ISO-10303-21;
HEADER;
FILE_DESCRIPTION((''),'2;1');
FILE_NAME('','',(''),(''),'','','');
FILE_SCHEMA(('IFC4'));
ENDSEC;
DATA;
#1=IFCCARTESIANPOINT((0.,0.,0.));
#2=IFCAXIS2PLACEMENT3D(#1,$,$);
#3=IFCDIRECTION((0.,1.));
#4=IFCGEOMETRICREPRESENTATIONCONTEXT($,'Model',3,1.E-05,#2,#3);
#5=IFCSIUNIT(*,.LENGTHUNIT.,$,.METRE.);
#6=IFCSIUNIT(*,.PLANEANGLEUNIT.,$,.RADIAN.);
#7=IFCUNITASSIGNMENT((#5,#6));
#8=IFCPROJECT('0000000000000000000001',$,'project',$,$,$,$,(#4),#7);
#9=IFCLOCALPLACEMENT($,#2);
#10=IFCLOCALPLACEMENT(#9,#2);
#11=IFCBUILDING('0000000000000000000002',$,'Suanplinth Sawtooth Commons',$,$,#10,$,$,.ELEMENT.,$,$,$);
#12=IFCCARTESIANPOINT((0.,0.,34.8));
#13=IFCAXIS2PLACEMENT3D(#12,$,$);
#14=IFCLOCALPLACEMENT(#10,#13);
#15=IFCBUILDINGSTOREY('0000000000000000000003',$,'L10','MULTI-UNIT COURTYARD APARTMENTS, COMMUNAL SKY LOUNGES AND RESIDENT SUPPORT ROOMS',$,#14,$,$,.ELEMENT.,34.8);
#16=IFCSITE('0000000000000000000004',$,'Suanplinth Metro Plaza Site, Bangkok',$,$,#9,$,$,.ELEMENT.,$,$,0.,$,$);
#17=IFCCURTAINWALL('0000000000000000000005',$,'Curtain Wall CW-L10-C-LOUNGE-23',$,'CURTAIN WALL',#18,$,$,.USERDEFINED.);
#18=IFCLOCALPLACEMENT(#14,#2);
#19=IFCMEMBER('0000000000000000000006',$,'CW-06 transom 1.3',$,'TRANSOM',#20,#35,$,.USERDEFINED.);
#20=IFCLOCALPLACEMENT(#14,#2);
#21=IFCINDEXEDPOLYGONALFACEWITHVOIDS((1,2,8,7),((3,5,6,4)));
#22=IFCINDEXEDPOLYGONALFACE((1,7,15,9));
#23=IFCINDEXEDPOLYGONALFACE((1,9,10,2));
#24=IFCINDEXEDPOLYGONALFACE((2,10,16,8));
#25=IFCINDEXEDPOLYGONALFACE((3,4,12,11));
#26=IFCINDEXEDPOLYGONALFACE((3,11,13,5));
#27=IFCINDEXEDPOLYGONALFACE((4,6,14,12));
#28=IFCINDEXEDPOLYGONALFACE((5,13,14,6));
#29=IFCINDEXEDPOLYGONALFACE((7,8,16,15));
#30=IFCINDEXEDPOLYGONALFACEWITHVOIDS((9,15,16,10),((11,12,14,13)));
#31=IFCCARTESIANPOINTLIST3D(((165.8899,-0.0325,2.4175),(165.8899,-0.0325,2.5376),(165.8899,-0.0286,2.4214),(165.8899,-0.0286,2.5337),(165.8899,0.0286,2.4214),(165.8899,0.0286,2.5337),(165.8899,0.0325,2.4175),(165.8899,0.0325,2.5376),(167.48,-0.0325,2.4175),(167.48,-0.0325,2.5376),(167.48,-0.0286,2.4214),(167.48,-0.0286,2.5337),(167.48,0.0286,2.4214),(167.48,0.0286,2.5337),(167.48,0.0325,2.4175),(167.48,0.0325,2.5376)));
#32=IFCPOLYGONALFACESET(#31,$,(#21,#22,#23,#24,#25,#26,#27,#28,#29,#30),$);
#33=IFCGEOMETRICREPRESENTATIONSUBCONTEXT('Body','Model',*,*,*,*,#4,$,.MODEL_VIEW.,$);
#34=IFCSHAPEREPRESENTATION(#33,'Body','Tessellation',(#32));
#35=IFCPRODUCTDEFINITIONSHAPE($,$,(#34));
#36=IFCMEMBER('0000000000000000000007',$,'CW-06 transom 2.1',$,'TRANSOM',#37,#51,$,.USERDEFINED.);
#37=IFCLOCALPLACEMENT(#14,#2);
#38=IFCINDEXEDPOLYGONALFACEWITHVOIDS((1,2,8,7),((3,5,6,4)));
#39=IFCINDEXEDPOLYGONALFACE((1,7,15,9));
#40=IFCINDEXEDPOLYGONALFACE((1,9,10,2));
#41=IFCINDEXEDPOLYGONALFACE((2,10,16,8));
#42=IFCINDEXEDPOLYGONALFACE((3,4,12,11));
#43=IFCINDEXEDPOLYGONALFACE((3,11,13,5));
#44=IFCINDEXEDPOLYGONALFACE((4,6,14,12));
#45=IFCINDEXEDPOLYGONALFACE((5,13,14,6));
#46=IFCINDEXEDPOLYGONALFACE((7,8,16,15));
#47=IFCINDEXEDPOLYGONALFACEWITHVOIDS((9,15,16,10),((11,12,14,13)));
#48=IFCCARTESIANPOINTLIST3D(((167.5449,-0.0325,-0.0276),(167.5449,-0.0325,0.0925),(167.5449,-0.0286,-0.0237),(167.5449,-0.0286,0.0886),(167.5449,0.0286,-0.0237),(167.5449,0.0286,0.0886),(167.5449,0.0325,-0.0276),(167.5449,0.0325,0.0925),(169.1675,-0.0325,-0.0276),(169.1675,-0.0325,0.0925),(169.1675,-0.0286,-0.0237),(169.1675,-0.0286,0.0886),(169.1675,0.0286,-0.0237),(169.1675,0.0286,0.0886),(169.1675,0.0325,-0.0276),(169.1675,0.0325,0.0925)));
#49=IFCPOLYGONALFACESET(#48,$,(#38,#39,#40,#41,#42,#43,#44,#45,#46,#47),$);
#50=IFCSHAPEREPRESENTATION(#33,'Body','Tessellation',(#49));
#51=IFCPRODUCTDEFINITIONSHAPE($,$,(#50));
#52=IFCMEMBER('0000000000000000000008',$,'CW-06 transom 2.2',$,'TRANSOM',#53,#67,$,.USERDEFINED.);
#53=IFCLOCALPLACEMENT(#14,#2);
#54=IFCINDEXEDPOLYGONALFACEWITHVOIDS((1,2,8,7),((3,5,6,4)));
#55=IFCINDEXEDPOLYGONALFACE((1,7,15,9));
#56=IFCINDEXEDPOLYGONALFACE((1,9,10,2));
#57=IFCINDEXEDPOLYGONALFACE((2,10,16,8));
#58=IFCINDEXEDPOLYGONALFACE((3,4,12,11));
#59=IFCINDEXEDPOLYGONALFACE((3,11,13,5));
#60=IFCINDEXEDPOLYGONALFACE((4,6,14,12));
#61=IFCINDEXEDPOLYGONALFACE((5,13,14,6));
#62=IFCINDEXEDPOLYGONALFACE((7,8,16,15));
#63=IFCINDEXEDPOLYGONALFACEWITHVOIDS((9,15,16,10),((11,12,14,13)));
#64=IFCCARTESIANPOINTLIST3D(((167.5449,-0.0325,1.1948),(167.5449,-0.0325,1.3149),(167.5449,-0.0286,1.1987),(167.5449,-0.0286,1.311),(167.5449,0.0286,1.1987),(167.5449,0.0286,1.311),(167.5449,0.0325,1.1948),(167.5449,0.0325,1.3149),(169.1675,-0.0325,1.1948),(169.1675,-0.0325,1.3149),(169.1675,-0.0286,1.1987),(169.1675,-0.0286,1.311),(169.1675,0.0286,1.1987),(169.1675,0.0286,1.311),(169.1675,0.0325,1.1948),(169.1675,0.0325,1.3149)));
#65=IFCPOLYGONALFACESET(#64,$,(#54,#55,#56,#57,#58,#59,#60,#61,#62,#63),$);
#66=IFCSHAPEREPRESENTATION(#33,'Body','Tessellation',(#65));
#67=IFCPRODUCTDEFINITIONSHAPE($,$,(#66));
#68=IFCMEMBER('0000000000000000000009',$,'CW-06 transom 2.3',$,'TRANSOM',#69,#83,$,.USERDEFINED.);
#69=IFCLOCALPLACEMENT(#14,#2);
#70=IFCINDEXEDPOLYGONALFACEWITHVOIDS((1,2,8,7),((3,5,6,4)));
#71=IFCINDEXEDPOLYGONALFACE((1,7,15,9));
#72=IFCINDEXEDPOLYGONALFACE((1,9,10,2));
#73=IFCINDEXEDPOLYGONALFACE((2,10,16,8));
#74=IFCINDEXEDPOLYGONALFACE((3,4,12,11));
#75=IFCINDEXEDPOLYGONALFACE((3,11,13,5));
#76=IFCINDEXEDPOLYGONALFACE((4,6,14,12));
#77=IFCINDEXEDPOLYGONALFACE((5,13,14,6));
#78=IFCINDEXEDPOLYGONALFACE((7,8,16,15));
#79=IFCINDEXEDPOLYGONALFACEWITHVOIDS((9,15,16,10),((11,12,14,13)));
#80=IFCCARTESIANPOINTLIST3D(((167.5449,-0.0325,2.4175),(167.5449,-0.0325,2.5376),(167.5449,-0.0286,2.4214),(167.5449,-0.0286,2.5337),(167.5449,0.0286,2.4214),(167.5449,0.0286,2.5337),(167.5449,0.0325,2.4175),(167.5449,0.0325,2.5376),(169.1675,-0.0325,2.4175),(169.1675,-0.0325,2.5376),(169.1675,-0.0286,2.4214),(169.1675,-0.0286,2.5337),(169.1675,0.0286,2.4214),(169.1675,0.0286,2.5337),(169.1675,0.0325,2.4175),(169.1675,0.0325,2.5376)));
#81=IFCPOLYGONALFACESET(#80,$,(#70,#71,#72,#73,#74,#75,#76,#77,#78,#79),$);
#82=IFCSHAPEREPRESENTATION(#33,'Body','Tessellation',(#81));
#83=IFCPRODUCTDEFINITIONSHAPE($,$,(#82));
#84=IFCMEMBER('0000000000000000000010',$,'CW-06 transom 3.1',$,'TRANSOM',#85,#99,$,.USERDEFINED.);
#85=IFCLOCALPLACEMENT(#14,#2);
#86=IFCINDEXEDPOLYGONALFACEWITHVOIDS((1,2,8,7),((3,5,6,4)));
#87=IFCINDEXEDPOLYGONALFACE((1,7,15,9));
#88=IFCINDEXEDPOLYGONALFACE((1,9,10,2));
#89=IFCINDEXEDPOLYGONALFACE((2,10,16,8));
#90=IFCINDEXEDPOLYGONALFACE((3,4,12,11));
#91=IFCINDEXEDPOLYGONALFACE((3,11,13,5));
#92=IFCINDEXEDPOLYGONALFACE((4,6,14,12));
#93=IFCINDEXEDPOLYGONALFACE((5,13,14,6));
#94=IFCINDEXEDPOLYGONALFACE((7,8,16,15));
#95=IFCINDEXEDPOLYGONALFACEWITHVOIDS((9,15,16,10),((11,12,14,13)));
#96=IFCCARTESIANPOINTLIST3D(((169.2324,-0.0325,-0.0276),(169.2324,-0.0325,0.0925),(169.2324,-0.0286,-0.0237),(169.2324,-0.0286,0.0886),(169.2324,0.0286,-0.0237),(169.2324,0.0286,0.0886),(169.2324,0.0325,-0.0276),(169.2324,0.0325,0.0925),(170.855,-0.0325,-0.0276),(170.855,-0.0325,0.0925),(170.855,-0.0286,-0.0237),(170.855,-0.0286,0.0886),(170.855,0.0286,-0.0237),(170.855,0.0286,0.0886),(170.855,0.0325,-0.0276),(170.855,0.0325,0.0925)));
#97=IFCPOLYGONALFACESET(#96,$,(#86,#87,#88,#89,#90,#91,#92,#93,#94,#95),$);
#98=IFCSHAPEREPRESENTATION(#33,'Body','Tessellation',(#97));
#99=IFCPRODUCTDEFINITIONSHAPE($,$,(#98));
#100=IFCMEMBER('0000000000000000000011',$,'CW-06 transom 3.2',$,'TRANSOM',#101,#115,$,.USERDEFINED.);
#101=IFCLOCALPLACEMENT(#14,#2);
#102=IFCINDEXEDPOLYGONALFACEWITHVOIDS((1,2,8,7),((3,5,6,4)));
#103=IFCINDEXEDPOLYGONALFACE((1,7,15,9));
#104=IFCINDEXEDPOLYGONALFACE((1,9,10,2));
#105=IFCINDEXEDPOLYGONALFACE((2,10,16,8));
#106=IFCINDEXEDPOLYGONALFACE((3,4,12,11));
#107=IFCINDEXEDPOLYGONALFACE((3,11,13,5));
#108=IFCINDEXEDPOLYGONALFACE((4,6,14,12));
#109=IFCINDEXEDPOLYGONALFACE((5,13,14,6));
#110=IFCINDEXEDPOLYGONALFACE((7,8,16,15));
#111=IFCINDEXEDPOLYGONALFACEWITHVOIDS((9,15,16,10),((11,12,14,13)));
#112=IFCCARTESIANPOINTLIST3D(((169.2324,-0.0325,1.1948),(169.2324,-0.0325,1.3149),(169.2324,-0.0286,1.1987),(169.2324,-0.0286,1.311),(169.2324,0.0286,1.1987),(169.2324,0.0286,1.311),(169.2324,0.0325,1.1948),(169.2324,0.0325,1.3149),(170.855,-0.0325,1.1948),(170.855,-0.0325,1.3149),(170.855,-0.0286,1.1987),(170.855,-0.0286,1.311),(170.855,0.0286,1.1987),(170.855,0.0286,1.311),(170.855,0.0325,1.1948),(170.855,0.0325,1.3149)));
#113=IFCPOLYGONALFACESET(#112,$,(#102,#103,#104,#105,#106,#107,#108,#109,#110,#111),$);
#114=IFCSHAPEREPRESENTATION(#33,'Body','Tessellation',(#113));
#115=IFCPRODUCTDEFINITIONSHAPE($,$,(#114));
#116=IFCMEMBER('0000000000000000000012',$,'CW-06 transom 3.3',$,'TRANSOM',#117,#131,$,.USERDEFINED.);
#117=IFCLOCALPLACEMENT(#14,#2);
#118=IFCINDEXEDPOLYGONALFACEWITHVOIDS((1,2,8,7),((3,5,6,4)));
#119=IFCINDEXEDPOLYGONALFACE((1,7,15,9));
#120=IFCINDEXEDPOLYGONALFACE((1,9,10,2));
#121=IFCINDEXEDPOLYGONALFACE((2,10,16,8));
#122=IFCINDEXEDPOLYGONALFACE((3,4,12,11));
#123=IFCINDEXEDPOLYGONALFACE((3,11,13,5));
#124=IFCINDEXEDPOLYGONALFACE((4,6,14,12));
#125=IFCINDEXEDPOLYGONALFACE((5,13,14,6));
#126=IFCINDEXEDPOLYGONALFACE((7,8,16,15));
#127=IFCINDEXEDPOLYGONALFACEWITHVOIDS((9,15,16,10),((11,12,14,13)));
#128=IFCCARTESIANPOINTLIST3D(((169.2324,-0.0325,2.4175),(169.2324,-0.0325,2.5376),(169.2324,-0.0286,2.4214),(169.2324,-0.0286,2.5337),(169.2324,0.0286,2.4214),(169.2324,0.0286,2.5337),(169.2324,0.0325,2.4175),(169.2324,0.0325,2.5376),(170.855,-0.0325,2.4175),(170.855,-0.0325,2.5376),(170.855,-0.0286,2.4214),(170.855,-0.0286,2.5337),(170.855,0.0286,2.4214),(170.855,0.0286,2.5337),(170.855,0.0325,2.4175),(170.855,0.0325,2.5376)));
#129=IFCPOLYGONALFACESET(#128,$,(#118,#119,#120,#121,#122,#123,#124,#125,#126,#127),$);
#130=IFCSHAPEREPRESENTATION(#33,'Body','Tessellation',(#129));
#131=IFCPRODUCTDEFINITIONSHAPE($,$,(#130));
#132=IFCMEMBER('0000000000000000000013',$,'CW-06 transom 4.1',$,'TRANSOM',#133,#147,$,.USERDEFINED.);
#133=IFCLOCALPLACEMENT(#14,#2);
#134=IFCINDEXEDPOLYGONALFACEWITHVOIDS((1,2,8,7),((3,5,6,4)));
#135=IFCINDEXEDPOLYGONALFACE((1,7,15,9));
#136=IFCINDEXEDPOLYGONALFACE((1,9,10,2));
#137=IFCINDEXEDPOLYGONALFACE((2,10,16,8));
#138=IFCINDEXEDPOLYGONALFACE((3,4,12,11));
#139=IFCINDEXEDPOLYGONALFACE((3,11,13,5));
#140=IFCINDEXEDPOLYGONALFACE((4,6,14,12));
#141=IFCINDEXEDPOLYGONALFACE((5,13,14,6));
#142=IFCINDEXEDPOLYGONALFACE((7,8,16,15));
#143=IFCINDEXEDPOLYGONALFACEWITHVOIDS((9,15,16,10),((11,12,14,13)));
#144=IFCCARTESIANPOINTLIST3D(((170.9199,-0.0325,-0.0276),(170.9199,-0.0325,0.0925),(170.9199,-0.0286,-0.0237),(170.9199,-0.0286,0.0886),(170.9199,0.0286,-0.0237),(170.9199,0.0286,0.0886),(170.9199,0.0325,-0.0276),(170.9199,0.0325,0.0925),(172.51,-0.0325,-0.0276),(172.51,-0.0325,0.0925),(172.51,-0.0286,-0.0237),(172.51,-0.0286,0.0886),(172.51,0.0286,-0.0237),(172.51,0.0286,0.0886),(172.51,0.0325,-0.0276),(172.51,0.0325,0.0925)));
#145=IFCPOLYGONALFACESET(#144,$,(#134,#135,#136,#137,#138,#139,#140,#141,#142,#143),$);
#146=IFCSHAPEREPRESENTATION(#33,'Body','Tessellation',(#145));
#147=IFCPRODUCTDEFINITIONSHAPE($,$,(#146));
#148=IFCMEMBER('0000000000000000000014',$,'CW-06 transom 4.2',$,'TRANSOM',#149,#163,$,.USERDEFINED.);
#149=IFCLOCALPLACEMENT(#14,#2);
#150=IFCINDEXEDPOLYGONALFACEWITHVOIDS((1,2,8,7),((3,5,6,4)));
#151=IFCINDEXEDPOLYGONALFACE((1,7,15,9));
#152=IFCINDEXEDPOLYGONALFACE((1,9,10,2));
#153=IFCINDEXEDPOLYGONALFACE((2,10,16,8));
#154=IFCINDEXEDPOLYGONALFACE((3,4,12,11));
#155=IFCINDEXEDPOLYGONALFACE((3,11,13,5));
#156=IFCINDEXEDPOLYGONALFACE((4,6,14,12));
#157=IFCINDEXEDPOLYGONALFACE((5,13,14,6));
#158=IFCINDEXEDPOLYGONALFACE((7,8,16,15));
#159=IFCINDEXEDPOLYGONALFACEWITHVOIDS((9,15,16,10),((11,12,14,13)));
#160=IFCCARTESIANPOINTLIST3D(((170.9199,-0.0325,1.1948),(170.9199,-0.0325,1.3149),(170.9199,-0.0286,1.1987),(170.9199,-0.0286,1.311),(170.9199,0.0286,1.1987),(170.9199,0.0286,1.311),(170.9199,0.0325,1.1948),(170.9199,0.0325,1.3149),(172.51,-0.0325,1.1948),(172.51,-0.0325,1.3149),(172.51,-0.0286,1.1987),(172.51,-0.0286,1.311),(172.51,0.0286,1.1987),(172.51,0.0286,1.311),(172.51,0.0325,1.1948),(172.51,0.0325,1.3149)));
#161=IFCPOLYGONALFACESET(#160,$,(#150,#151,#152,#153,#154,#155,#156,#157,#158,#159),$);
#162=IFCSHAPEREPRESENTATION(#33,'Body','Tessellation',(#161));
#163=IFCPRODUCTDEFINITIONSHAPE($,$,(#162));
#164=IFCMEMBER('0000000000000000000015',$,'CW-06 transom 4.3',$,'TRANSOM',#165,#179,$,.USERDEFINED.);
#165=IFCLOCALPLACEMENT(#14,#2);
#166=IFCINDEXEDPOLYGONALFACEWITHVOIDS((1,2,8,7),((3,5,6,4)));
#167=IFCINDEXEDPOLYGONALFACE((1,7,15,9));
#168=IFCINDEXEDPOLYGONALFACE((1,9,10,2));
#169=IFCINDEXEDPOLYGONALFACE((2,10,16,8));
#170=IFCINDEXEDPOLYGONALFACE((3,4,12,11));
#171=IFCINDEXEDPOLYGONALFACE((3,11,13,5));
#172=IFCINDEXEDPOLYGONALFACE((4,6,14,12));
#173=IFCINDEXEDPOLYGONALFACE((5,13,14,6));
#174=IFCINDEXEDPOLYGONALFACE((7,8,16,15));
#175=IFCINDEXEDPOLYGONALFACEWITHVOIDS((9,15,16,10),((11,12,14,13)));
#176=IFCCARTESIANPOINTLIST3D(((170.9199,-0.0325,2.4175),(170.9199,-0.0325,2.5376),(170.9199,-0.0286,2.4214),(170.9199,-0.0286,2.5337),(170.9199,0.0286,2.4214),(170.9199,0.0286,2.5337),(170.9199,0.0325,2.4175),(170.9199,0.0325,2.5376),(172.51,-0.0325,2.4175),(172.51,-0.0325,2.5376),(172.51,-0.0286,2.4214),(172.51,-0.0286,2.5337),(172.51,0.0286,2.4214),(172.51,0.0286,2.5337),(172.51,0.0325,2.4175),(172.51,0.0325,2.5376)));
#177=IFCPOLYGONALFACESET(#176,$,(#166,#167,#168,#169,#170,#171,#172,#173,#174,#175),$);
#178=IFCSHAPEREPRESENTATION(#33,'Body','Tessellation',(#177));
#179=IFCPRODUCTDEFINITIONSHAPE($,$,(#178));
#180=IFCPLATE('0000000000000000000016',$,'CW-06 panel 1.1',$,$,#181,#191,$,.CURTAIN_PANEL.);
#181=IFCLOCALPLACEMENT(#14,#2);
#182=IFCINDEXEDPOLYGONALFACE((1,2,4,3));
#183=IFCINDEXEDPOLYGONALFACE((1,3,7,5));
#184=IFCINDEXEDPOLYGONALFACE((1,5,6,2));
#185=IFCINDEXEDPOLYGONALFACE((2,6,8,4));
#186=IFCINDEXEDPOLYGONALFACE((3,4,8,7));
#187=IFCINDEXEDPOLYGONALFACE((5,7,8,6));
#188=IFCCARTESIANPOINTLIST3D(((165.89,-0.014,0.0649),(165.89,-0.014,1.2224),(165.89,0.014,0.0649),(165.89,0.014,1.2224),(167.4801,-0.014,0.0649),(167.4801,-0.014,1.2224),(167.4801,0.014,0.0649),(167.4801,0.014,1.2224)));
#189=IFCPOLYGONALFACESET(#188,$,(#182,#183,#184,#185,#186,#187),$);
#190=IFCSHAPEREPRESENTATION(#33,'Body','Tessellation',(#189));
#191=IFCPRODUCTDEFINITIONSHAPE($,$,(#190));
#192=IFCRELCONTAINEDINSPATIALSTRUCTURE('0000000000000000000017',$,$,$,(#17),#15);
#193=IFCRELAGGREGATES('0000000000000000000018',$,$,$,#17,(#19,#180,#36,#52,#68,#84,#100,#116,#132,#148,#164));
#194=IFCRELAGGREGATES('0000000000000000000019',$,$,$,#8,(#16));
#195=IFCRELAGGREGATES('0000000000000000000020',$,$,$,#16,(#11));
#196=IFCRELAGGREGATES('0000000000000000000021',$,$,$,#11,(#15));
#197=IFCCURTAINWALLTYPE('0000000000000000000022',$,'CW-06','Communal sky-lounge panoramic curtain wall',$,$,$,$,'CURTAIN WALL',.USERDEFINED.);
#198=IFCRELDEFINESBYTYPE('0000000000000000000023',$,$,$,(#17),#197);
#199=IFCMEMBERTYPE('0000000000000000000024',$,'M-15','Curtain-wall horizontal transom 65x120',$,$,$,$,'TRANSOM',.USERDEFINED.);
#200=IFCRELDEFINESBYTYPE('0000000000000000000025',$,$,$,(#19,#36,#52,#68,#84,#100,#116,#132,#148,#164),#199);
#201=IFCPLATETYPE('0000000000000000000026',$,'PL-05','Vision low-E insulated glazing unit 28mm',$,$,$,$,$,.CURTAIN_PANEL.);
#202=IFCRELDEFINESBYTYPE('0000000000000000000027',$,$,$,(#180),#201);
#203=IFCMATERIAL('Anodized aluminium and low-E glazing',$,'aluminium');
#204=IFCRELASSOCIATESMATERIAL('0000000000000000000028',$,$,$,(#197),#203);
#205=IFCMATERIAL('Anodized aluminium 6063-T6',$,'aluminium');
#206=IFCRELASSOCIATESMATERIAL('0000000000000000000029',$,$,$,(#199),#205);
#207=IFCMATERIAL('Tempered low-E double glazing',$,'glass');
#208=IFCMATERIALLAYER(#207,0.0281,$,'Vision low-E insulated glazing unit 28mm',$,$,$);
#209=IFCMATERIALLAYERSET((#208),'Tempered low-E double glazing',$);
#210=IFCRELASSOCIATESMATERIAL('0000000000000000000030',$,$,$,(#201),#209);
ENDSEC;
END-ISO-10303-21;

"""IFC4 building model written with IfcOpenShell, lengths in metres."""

from ifc_helpers import new_model, si_unit, direction, frame, origin, origin_2d, place, context, subcontext, project, spatial, rectangle, hollow_rectangle, extrude, material, layer, layer_set, material_profile, profile_set, type_object, element, aggregate, save


model = new_model("IFC4")

# Units and contexts
model_context = context("Model", 3, precision=1e-05, world=origin(), true_north=direction((0.0, 1.0)))
body_context = subcontext(model_context, "Body", "Model", "MODEL_VIEW")
ifc_project = project(units=[si_unit("LENGTHUNIT", "METRE"), si_unit("PLANEANGLEUNIT", "RADIAN")], contexts=[model_context])

# Site, building, storey
site_placement = place(None, origin())
site = spatial("IfcSite", under=ifc_project, at=site_placement, Name="Suanplinth Metro Plaza Site, Bangkok", CompositionType="ELEMENT", RefElevation=0.0)
building_placement = place(site_placement, origin())
building = spatial("IfcBuilding", under=site, at=building_placement, Name="Suanplinth Sawtooth Commons", CompositionType="ELEMENT")
storey_placement = place(building_placement, frame((0.0, 0.0, 34.8)))
storey = spatial("IfcBuildingStorey", under=building, at=storey_placement, Name="L10", Description="MULTI-UNIT COURTYARD APARTMENTS, COMMUNAL SKY LOUNGES AND RESIDENT SUPPORT ROOMS", CompositionType="ELEMENT", Elevation=34.8)

# Curtain wall, members, plate
ifc_material_1 = material(Name="Anodized aluminium and low-E glazing", Category="aluminium")
curtain_wall_type = type_object("IfcCurtainWallType", Name="CW-06", Description="Communal sky-lounge panoramic curtain wall", ElementType="CURTAIN WALL", PredefinedType="USERDEFINED", material=ifc_material_1)
curtain_wall_placement = place(storey_placement, origin())
curtain_wall = element("IfcCurtainWall", 1, at=curtain_wall_placement, inside=storey, type_object=curtain_wall_type, Name="Curtain Wall CW-L10-C-LOUNGE-23", ObjectType="CURTAIN WALL", PredefinedType="USERDEFINED")
ifc_material_2 = material(Name="Anodized aluminium 6063-T6", Category="aluminium")
ifc_material_profile_1 = material_profile(ifc_material_2, hollow_rectangle(XDim=0.0649, YDim=0.1201, WallThickness=0.0039, at=origin_2d()), Name="ALU-TRN 65x120")
ifc_profile_set_1 = profile_set([ifc_material_profile_1], Name="Anodized aluminium 6063-T6")
member_type_1 = type_object("IfcMemberType", Name="M-15", Description="Curtain-wall horizontal transom 65x120", ElementType="TRANSOM", PredefinedType="USERDEFINED", material=ifc_profile_set_1)
member_1_placement = place(storey_placement, frame((165.8899, 0.0, 2.4775), z_axis=(1.0, 0.0, 0.0), x_axis=(0.0, 1.0, 0.0)))
member_1 = element("IfcMember", 2, at=member_1_placement, type_object=member_type_1, Name="CW-06 transom 1.3", ObjectType="TRANSOM", PredefinedType="USERDEFINED", context=body_context, shape_type="SweptSolid", body=[
    extrude(hollow_rectangle(XDim=0.0649, YDim=0.1201, WallThickness=0.0039, at=origin_2d()), origin(), (0.0, 0.0, 1.0), 1.5901),
])
member_2_placement = place(storey_placement, frame((167.5449, 0.0, 0.0325), z_axis=(1.0, 0.0, 0.0), x_axis=(0.0, 1.0, 0.0)))
member_2 = element("IfcMember", 3, at=member_2_placement, type_object=member_type_1, Name="CW-06 transom 2.1", ObjectType="TRANSOM", PredefinedType="USERDEFINED", context=body_context, shape_type="SweptSolid", body=[
    extrude(hollow_rectangle(XDim=0.0649, YDim=0.1201, WallThickness=0.0039, at=origin_2d()), origin(), (0.0, 0.0, 1.0), 1.6226),
])
member_3_placement = place(storey_placement, frame((167.5449, 0.0, 1.2549), z_axis=(1.0, 0.0, 0.0), x_axis=(0.0, 1.0, 0.0)))
member_3 = element("IfcMember", 4, at=member_3_placement, type_object=member_type_1, Name="CW-06 transom 2.2", ObjectType="TRANSOM", PredefinedType="USERDEFINED", context=body_context, shape_type="SweptSolid", body=[
    extrude(hollow_rectangle(XDim=0.0649, YDim=0.1201, WallThickness=0.0039, at=origin_2d()), origin(), (0.0, 0.0, 1.0), 1.6226),
])
member_4_placement = place(storey_placement, frame((167.5449, 0.0, 2.4775), z_axis=(1.0, 0.0, 0.0), x_axis=(0.0, 1.0, 0.0)))
member_4 = element("IfcMember", 5, at=member_4_placement, type_object=member_type_1, Name="CW-06 transom 2.3", ObjectType="TRANSOM", PredefinedType="USERDEFINED", context=body_context, shape_type="SweptSolid", body=[
    extrude(hollow_rectangle(XDim=0.0649, YDim=0.1201, WallThickness=0.0039, at=origin_2d()), origin(), (0.0, 0.0, 1.0), 1.6226),
])
member_5_placement = place(storey_placement, frame((169.2324, 0.0, 0.0325), z_axis=(1.0, 0.0, 0.0), x_axis=(0.0, 1.0, 0.0)))
member_5 = element("IfcMember", 6, at=member_5_placement, type_object=member_type_1, Name="CW-06 transom 3.1", ObjectType="TRANSOM", PredefinedType="USERDEFINED", context=body_context, shape_type="SweptSolid", body=[
    extrude(hollow_rectangle(XDim=0.0649, YDim=0.1201, WallThickness=0.0039, at=origin_2d()), origin(), (0.0, 0.0, 1.0), 1.6226),
])
member_6_placement = place(storey_placement, frame((169.2324, 0.0, 1.2549), z_axis=(1.0, 0.0, 0.0), x_axis=(0.0, 1.0, 0.0)))
member_6 = element("IfcMember", 7, at=member_6_placement, type_object=member_type_1, Name="CW-06 transom 3.2", ObjectType="TRANSOM", PredefinedType="USERDEFINED", context=body_context, shape_type="SweptSolid", body=[
    extrude(hollow_rectangle(XDim=0.0649, YDim=0.1201, WallThickness=0.0039, at=origin_2d()), origin(), (0.0, 0.0, 1.0), 1.6226),
])
member_7_placement = place(storey_placement, frame((169.2324, 0.0, 2.4775), z_axis=(1.0, 0.0, 0.0), x_axis=(0.0, 1.0, 0.0)))
member_7 = element("IfcMember", 8, at=member_7_placement, type_object=member_type_1, Name="CW-06 transom 3.3", ObjectType="TRANSOM", PredefinedType="USERDEFINED", context=body_context, shape_type="SweptSolid", body=[
    extrude(hollow_rectangle(XDim=0.0649, YDim=0.1201, WallThickness=0.0039, at=origin_2d()), origin(), (0.0, 0.0, 1.0), 1.6226),
])
member_8_placement = place(storey_placement, frame((170.9199, 0.0, 0.0325), z_axis=(1.0, 0.0, 0.0), x_axis=(0.0, 1.0, 0.0)))
member_8 = element("IfcMember", 9, at=member_8_placement, type_object=member_type_1, Name="CW-06 transom 4.1", ObjectType="TRANSOM", PredefinedType="USERDEFINED", context=body_context, shape_type="SweptSolid", body=[
    extrude(hollow_rectangle(XDim=0.0649, YDim=0.1201, WallThickness=0.0039, at=origin_2d()), origin(), (0.0, 0.0, 1.0), 1.5901),
])
member_9_placement = place(storey_placement, frame((170.9199, 0.0, 1.2549), z_axis=(1.0, 0.0, 0.0), x_axis=(0.0, 1.0, 0.0)))
member_9 = element("IfcMember", 10, at=member_9_placement, type_object=member_type_1, Name="CW-06 transom 4.2", ObjectType="TRANSOM", PredefinedType="USERDEFINED", context=body_context, shape_type="SweptSolid", body=[
    extrude(hollow_rectangle(XDim=0.0649, YDim=0.1201, WallThickness=0.0039, at=origin_2d()), origin(), (0.0, 0.0, 1.0), 1.5901),
])
member_10_placement = place(storey_placement, frame((170.9199, 0.0, 2.4775), z_axis=(1.0, 0.0, 0.0), x_axis=(0.0, 1.0, 0.0)))
member_10 = element("IfcMember", 11, at=member_10_placement, type_object=member_type_1, Name="CW-06 transom 4.3", ObjectType="TRANSOM", PredefinedType="USERDEFINED", context=body_context, shape_type="SweptSolid", body=[
    extrude(hollow_rectangle(XDim=0.0649, YDim=0.1201, WallThickness=0.0039, at=origin_2d()), origin(), (0.0, 0.0, 1.0), 1.5901),
])
ifc_material_3 = material(Name="Tempered low-E double glazing", Category="glass")
ifc_layer_1 = layer(ifc_material_3, 0.0281, Name="Vision low-E insulated glazing unit 28mm")
ifc_layer_set_1 = layer_set([ifc_layer_1], Name="Tempered low-E double glazing")
plate_type = type_object("IfcPlateType", Name="PL-05", Description="Vision low-E insulated glazing unit 28mm", PredefinedType="CURTAIN_PANEL", material=ifc_layer_set_1)
plate_1_placement = place(storey_placement, frame((166.6851, 0.0, 0.0649), z_axis=(0.0, 0.0, 1.0), x_axis=(1.0, 0.0, 0.0)))
plate_1 = element("IfcPlate", 12, at=plate_1_placement, type_object=plate_type, Name="CW-06 panel 1.1", PredefinedType="CURTAIN_PANEL", context=body_context, shape_type="SweptSolid", body=[
    extrude(rectangle(XDim=1.5901, YDim=0.0281, at=origin_2d()), origin(), (0.0, 0.0, 1.0), 1.1575),
])
aggregate(curtain_wall, [member_1, plate_1, member_2, member_3, member_4, member_5, member_6, member_7, member_8, member_9, member_10])

save(model, "model.ifc")
